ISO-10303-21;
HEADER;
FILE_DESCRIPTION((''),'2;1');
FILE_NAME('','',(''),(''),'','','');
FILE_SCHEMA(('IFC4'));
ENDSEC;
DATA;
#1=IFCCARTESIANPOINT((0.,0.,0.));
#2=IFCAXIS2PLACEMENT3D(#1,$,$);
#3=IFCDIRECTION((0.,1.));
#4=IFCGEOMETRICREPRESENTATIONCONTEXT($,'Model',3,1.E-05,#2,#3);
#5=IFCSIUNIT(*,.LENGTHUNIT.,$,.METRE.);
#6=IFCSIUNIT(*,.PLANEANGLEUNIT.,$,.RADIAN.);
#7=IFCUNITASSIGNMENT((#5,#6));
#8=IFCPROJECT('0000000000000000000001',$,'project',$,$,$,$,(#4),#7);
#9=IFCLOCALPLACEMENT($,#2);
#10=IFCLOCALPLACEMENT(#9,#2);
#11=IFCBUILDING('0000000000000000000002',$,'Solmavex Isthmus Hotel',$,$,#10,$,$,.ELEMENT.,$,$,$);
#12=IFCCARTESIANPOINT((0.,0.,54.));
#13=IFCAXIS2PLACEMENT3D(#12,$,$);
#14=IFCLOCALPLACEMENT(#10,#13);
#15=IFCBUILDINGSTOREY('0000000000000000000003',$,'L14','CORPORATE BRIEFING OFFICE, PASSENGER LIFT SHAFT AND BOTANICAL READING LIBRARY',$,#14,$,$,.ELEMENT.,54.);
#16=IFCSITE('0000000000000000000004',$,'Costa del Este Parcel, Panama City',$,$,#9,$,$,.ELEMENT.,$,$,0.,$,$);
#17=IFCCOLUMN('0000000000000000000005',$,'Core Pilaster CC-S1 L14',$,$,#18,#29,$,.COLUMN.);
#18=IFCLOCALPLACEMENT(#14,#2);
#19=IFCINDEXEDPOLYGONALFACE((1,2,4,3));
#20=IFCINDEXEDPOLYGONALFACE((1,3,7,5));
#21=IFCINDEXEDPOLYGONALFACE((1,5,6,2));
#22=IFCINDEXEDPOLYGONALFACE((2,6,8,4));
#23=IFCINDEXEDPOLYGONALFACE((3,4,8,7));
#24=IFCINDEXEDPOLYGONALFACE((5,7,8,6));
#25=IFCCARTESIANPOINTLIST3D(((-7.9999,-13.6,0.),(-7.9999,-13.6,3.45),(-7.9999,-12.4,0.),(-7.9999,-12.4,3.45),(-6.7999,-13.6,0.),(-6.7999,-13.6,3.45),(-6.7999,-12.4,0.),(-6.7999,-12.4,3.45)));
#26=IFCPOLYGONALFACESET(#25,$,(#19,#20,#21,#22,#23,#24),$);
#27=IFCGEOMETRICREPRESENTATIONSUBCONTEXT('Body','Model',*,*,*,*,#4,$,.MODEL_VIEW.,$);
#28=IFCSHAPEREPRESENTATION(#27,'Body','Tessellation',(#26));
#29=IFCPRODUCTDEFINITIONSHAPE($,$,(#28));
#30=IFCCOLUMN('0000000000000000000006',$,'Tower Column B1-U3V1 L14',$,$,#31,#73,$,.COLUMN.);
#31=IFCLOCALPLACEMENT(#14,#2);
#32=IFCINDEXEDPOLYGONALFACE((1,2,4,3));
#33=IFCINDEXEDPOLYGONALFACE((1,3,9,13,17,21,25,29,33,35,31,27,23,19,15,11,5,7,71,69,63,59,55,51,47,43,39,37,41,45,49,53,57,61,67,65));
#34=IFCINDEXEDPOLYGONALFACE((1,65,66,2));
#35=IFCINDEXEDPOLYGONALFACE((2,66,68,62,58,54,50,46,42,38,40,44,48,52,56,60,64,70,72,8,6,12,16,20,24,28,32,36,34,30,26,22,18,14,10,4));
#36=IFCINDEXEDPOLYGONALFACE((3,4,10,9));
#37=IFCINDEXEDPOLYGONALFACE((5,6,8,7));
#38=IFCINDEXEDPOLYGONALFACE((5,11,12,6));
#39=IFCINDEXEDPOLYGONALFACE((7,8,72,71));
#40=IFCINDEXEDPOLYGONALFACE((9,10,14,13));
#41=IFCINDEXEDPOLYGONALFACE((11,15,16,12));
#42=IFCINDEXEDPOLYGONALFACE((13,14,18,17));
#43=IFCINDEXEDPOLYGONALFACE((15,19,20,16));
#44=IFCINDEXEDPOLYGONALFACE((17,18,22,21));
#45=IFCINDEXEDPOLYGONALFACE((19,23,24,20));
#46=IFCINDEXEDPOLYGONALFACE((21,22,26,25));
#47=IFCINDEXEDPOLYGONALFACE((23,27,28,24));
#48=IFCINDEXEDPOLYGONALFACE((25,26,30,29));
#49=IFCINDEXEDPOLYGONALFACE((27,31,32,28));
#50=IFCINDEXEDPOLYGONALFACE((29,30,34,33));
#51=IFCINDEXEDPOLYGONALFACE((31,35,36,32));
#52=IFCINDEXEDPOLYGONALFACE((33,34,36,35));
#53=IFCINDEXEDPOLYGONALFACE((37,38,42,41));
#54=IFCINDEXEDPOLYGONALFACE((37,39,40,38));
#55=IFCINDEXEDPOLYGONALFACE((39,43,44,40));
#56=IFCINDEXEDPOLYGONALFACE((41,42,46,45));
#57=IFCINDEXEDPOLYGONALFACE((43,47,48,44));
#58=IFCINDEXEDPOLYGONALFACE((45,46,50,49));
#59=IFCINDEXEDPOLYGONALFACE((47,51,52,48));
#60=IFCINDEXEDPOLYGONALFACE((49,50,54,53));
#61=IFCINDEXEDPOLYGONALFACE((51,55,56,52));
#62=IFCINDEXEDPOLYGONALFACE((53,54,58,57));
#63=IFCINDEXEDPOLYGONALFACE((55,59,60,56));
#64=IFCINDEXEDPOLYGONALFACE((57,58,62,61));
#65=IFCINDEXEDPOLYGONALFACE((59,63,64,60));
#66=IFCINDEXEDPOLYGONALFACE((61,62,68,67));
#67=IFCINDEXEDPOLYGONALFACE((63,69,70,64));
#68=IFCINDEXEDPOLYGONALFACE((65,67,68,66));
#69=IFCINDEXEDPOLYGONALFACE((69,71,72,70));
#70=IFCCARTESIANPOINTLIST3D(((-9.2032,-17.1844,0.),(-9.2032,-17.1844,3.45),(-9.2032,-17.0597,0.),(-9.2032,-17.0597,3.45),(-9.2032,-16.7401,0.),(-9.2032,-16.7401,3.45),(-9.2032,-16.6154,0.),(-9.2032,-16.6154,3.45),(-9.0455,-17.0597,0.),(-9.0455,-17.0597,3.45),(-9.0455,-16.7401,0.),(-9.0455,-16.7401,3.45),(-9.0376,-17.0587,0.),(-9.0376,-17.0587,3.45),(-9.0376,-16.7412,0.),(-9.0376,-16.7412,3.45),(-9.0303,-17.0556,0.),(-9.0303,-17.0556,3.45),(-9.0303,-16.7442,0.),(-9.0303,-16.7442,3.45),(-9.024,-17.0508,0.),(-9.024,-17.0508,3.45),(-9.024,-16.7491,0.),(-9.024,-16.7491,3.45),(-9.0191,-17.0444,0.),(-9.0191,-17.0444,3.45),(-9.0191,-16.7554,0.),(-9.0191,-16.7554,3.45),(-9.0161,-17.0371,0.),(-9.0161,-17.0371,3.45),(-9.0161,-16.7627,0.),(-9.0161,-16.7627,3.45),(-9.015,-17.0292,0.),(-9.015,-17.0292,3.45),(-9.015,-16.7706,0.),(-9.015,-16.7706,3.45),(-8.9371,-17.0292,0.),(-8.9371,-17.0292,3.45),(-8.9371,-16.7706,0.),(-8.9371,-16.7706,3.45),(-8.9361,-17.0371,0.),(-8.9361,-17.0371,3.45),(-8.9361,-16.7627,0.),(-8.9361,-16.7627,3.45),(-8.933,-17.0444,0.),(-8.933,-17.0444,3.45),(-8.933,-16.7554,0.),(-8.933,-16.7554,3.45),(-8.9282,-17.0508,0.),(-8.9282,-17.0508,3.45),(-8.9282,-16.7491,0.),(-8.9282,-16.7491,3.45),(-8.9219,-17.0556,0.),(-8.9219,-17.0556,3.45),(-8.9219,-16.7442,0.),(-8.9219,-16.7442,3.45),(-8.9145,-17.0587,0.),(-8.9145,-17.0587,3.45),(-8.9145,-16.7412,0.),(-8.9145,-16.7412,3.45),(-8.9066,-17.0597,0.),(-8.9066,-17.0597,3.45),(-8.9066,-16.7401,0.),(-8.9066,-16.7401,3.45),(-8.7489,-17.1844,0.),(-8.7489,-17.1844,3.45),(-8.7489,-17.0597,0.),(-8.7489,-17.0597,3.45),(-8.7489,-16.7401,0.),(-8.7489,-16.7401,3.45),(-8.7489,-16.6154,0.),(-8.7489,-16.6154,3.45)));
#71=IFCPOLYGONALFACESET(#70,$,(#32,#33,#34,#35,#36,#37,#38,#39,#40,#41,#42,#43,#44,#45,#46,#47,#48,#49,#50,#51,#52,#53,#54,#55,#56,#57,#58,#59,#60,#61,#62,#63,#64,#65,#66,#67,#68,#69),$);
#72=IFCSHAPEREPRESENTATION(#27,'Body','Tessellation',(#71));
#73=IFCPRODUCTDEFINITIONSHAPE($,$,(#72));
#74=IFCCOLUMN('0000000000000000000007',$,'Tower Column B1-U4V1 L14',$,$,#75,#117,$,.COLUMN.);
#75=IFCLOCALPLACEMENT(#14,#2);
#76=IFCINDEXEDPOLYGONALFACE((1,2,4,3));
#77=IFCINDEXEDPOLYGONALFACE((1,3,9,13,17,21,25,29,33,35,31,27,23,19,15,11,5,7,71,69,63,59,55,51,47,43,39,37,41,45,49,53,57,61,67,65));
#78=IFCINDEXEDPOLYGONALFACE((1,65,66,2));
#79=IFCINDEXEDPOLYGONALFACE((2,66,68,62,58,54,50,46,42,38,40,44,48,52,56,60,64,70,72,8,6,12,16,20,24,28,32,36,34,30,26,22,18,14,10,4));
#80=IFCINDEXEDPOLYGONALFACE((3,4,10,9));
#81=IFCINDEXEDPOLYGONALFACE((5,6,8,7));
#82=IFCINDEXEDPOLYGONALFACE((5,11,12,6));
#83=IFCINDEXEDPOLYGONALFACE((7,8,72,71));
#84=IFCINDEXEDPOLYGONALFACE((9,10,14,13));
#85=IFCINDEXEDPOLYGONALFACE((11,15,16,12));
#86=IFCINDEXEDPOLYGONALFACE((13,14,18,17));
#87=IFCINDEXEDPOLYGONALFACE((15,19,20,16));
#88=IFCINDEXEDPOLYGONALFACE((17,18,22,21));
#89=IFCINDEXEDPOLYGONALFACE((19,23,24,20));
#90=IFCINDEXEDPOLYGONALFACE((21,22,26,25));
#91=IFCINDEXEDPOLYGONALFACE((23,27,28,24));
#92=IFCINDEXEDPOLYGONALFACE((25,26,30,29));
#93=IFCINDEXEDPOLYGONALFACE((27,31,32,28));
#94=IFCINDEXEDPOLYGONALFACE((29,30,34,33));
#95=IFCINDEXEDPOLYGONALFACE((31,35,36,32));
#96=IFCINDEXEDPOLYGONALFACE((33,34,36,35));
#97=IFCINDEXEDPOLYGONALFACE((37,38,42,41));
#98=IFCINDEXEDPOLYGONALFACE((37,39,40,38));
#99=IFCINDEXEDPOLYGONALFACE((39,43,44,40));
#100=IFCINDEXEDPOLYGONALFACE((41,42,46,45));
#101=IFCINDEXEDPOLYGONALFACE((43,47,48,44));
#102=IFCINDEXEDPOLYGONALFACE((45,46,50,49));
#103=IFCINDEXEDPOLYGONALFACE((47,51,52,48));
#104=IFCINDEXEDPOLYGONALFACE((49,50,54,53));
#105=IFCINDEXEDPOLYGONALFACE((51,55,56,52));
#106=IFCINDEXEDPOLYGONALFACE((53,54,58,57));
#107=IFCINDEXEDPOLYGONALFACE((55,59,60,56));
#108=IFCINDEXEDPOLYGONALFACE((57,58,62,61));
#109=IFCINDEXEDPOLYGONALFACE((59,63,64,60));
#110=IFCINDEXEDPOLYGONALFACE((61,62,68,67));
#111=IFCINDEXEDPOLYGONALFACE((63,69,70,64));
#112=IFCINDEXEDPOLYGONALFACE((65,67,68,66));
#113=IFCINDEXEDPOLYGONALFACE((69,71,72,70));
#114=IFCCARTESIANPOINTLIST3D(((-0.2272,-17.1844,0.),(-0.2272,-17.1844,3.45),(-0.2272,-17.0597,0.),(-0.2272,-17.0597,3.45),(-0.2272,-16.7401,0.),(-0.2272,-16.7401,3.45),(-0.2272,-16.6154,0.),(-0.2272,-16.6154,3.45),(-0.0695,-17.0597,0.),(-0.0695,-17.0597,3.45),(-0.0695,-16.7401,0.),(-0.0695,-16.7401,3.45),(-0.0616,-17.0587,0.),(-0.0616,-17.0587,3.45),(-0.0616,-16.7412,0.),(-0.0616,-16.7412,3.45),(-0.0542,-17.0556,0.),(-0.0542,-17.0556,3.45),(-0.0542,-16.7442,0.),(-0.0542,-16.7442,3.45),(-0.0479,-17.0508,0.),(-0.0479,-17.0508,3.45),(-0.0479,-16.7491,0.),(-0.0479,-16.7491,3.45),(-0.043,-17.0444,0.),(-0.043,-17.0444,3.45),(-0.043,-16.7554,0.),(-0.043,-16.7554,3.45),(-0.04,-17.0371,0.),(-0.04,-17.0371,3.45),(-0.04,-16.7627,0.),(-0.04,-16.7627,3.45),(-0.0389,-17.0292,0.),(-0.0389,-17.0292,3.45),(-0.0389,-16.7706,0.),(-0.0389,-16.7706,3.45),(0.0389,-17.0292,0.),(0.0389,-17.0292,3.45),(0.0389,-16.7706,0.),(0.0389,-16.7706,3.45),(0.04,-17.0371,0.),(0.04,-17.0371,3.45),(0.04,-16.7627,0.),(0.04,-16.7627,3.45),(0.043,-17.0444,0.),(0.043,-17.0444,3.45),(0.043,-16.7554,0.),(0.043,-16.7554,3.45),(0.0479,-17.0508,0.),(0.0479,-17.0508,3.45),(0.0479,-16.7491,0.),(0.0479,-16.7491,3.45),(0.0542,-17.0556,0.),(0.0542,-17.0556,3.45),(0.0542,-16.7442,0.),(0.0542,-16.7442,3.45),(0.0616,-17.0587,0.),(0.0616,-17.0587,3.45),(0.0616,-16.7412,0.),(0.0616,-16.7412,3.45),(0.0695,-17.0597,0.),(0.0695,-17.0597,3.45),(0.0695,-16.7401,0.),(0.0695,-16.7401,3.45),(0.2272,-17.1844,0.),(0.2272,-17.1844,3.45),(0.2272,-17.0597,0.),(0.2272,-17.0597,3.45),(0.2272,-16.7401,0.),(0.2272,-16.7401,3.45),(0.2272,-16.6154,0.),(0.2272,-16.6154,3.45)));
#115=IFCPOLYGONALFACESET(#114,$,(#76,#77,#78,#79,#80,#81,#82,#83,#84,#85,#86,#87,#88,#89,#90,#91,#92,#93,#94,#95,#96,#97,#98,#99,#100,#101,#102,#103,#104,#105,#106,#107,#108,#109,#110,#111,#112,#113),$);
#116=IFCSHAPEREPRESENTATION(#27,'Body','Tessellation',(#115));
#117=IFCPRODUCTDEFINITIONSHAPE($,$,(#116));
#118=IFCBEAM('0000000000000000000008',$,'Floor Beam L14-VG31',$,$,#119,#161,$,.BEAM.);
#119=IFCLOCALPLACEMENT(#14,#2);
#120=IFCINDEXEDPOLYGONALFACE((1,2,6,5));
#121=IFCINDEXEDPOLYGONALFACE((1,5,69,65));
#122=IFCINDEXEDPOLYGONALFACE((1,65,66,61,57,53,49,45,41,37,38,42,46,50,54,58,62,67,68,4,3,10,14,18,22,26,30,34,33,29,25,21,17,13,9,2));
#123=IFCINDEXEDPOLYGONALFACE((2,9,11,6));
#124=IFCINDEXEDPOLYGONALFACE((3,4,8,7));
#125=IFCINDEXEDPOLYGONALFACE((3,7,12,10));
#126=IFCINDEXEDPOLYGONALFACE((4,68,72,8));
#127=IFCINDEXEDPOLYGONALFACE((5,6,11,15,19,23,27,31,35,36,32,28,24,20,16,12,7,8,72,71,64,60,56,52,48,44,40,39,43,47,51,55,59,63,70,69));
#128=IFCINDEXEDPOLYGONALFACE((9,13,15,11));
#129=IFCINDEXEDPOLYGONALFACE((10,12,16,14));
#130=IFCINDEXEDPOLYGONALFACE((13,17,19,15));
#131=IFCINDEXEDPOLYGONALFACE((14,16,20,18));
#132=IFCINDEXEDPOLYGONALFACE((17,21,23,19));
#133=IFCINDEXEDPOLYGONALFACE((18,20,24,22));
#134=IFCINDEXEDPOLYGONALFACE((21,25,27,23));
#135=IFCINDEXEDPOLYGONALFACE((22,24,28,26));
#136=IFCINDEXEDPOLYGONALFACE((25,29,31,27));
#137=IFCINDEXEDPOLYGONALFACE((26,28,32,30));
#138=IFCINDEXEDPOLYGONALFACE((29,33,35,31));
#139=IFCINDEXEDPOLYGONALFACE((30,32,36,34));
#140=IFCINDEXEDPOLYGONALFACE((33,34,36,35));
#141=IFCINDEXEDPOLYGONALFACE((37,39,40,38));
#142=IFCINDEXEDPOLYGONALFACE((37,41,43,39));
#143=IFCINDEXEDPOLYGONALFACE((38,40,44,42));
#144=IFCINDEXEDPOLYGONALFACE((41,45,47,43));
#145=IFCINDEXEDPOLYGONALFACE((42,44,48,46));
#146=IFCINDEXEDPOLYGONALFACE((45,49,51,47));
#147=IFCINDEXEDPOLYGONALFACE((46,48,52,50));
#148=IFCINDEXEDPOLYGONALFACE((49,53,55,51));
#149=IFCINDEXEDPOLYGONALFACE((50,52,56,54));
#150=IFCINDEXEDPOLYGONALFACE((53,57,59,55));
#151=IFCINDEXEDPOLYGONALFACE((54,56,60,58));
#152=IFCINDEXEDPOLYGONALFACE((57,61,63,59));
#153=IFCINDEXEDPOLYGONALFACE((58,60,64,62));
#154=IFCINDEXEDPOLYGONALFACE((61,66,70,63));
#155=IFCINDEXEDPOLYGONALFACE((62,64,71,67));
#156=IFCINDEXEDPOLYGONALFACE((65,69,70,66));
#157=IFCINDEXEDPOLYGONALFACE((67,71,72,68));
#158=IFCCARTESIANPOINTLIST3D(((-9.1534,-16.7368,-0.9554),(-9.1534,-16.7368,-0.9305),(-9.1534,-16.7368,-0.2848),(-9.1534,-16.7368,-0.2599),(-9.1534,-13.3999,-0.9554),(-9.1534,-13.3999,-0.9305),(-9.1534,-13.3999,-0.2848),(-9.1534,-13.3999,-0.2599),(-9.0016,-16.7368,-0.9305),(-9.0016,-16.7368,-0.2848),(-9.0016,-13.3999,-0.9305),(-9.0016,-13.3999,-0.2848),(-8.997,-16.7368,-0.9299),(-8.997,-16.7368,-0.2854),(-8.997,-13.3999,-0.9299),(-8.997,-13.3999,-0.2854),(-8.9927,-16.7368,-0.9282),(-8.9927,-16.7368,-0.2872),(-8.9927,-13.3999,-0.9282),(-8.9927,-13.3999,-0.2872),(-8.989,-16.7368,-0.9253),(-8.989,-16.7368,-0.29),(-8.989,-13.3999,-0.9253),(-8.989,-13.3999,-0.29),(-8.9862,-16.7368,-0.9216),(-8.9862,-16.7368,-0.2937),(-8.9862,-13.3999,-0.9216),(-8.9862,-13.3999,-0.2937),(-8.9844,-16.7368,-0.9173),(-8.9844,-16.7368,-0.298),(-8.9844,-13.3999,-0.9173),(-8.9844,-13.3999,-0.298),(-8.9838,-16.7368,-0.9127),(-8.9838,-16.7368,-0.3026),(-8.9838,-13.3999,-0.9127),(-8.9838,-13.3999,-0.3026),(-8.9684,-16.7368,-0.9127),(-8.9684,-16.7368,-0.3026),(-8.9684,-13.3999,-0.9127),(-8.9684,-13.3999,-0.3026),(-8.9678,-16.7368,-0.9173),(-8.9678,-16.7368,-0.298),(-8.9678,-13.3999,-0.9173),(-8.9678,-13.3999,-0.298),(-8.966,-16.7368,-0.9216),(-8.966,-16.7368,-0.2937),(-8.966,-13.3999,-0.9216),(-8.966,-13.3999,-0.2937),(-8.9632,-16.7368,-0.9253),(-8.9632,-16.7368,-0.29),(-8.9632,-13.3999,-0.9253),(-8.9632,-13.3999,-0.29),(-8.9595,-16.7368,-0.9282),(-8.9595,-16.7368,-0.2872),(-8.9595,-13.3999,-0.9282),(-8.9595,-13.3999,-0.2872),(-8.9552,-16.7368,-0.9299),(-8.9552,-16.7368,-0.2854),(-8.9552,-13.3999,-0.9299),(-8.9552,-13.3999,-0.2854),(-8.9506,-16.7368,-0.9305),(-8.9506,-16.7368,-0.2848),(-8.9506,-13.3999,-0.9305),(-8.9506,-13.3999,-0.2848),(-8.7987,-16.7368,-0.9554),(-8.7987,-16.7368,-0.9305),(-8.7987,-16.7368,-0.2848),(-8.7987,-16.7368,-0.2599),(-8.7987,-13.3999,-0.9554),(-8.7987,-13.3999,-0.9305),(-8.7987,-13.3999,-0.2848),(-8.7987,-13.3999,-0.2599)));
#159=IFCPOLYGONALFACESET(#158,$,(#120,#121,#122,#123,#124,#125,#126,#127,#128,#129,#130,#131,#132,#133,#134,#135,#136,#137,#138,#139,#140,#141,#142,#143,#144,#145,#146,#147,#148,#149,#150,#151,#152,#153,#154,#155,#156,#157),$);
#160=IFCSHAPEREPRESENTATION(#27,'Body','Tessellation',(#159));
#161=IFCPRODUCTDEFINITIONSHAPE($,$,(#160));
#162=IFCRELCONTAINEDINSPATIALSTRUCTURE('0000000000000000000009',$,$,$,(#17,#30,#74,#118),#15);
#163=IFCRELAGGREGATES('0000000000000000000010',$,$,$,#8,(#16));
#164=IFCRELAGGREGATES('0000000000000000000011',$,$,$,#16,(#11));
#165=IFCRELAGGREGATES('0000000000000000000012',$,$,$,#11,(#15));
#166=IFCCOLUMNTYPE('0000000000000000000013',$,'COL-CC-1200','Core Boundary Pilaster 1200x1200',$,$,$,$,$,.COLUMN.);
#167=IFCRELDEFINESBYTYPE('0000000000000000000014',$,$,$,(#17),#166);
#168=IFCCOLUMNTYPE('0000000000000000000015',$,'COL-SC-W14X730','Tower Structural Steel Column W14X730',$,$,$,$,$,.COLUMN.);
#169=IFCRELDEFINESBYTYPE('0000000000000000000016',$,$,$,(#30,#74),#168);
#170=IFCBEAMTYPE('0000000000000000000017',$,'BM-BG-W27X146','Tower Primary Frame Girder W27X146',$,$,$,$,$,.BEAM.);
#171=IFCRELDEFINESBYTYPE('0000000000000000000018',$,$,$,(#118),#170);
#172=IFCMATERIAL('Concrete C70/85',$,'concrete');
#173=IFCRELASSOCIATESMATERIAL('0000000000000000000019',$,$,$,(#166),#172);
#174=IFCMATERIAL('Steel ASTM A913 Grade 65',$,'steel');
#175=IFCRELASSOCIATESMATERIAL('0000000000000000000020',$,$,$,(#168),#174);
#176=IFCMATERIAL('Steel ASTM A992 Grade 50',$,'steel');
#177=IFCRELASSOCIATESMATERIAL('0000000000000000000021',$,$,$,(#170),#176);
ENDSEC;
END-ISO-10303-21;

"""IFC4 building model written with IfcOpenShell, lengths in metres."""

from ifc_helpers import new_model, si_unit, direction, frame, origin, origin_2d, place, context, subcontext, project, spatial, rectangle, i_section, extrude, material, material_profile, profile_set, type_object, element, save


model = new_model("IFC4")

# Units and contexts
model_context = context("Model", 3, precision=1e-05, world=origin(), true_north=direction((0.0, 1.0)))
body_context = subcontext(model_context, "Body", "Model", "MODEL_VIEW")
ifc_project = project(units=[si_unit("LENGTHUNIT", "METRE"), si_unit("PLANEANGLEUNIT", "RADIAN")], contexts=[model_context])

# Site, building, storey
site_placement = place(None, origin())
site = spatial("IfcSite", under=ifc_project, at=site_placement, Name="Costa del Este Parcel, Panama City", CompositionType="ELEMENT", RefElevation=0.0)
building_placement = place(site_placement, origin())
building = spatial("IfcBuilding", under=site, at=building_placement, Name="Solmavex Isthmus Hotel", CompositionType="ELEMENT")
storey_placement = place(building_placement, frame((0.0, 0.0, 54.0)))
storey = spatial("IfcBuildingStorey", under=building, at=storey_placement, Name="L14", Description="CORPORATE BRIEFING OFFICE, PASSENGER LIFT SHAFT AND BOTANICAL READING LIBRARY", CompositionType="ELEMENT", Elevation=54.0)

# Columns
ifc_material_1 = material(Name="Concrete C70/85", Category="concrete")
ifc_material_profile_1 = material_profile(ifc_material_1, rectangle(XDim=1.2, YDim=1.2, at=origin_2d()), Name="RC1200X1200")
ifc_profile_set_1 = profile_set([ifc_material_profile_1], Name="Concrete C70/85")
column_type_1 = type_object("IfcColumnType", Name="COL-CC-1200", Description="Core Boundary Pilaster 1200x1200", PredefinedType="COLUMN", material=ifc_profile_set_1)
column_placement = place(storey_placement, frame((-7.3999, -13.0, 0.0), z_axis=(0.0, 0.0, 1.0), x_axis=(1.0, 0.0, 0.0)))
element("IfcColumn", 1, at=column_placement, inside=storey, type_object=column_type_1, Name="Core Pilaster CC-S1 L14", PredefinedType="COLUMN", context=body_context, shape_type="SweptSolid", body=[
    extrude(rectangle(XDim=1.2, YDim=1.2, at=origin_2d()), origin(), (0.0, 0.0, 1.0), 3.45),
])
ifc_material_2 = material(Name="Steel ASTM A913 Grade 65", Category="steel")
ifc_material_profile_2 = material_profile(ifc_material_2, i_section(OverallWidth=0.4543, OverallDepth=0.5691, WebThickness=0.0779, FlangeThickness=0.1248, FilletRadius=0.0305, at=origin_2d()), Name="W14X730")
ifc_profile_set_2 = profile_set([ifc_material_profile_2], Name="Steel ASTM A913 Grade 65")
column_type_2 = type_object("IfcColumnType", Name="COL-SC-W14X730", Description="Tower Structural Steel Column W14X730", PredefinedType="COLUMN", material=ifc_profile_set_2)
for number, where, z_axis, x_axis, name in (
    (2, (-8.9761, -16.8999, 0.0), (0.0, 0.0, 1.0), (1.0, 0.0, 0.0), "Tower Column B1-U3V1 L14"),
    (3, (0.0, -16.8999, 0.0), (0.0, 0.0, 1.0), (1.0, 0.0, 0.0), "Tower Column B1-U4V1 L14"),
):
    element("IfcColumn", number, at=place(storey_placement, frame(where, z_axis=z_axis, x_axis=x_axis)), inside=storey, type_object=column_type_2, Name=name, PredefinedType="COLUMN", context=body_context, shape_type="SweptSolid", body=[
        extrude(i_section(OverallWidth=0.4543, OverallDepth=0.5691, WebThickness=0.0779, FlangeThickness=0.1248, FilletRadius=0.0305, at=origin_2d()), origin(), (0.0, 0.0, 1.0), 3.45),
    ])

# Beam
ifc_material_3 = material(Name="Steel ASTM A992 Grade 50", Category="steel")
ifc_material_profile_3 = material_profile(ifc_material_3, i_section(OverallWidth=0.3547, OverallDepth=0.6956, WebThickness=0.0154, FlangeThickness=0.0249, FilletRadius=0.0178, at=origin_2d()), Name="W27X146")
ifc_profile_set_3 = profile_set([ifc_material_profile_3], Name="Steel ASTM A992 Grade 50")
beam_type_1 = type_object("IfcBeamType", Name="BM-BG-W27X146", Description="Tower Primary Frame Girder W27X146", PredefinedType="BEAM", material=ifc_profile_set_3)
for number, where, z_axis, x_axis, name in (
    (4, (-8.9761, -16.7368, -0.6077), (0.0, 1.0, 0.0), (-1.0, 0.0, 0.0), "Floor Beam L14-VG31"),
):
    element("IfcBeam", number, at=place(storey_placement, frame(where, z_axis=z_axis, x_axis=x_axis)), inside=storey, type_object=beam_type_1, Name=name, PredefinedType="BEAM", context=body_context, shape_type="SweptSolid", body=[
        extrude(i_section(OverallWidth=0.3547, OverallDepth=0.6956, WebThickness=0.0154, FlangeThickness=0.0249, FilletRadius=0.0178, at=origin_2d()), origin(), (0.0, 0.0, 1.0), 3.3369),
    ])

save(model, "model.ifc")
